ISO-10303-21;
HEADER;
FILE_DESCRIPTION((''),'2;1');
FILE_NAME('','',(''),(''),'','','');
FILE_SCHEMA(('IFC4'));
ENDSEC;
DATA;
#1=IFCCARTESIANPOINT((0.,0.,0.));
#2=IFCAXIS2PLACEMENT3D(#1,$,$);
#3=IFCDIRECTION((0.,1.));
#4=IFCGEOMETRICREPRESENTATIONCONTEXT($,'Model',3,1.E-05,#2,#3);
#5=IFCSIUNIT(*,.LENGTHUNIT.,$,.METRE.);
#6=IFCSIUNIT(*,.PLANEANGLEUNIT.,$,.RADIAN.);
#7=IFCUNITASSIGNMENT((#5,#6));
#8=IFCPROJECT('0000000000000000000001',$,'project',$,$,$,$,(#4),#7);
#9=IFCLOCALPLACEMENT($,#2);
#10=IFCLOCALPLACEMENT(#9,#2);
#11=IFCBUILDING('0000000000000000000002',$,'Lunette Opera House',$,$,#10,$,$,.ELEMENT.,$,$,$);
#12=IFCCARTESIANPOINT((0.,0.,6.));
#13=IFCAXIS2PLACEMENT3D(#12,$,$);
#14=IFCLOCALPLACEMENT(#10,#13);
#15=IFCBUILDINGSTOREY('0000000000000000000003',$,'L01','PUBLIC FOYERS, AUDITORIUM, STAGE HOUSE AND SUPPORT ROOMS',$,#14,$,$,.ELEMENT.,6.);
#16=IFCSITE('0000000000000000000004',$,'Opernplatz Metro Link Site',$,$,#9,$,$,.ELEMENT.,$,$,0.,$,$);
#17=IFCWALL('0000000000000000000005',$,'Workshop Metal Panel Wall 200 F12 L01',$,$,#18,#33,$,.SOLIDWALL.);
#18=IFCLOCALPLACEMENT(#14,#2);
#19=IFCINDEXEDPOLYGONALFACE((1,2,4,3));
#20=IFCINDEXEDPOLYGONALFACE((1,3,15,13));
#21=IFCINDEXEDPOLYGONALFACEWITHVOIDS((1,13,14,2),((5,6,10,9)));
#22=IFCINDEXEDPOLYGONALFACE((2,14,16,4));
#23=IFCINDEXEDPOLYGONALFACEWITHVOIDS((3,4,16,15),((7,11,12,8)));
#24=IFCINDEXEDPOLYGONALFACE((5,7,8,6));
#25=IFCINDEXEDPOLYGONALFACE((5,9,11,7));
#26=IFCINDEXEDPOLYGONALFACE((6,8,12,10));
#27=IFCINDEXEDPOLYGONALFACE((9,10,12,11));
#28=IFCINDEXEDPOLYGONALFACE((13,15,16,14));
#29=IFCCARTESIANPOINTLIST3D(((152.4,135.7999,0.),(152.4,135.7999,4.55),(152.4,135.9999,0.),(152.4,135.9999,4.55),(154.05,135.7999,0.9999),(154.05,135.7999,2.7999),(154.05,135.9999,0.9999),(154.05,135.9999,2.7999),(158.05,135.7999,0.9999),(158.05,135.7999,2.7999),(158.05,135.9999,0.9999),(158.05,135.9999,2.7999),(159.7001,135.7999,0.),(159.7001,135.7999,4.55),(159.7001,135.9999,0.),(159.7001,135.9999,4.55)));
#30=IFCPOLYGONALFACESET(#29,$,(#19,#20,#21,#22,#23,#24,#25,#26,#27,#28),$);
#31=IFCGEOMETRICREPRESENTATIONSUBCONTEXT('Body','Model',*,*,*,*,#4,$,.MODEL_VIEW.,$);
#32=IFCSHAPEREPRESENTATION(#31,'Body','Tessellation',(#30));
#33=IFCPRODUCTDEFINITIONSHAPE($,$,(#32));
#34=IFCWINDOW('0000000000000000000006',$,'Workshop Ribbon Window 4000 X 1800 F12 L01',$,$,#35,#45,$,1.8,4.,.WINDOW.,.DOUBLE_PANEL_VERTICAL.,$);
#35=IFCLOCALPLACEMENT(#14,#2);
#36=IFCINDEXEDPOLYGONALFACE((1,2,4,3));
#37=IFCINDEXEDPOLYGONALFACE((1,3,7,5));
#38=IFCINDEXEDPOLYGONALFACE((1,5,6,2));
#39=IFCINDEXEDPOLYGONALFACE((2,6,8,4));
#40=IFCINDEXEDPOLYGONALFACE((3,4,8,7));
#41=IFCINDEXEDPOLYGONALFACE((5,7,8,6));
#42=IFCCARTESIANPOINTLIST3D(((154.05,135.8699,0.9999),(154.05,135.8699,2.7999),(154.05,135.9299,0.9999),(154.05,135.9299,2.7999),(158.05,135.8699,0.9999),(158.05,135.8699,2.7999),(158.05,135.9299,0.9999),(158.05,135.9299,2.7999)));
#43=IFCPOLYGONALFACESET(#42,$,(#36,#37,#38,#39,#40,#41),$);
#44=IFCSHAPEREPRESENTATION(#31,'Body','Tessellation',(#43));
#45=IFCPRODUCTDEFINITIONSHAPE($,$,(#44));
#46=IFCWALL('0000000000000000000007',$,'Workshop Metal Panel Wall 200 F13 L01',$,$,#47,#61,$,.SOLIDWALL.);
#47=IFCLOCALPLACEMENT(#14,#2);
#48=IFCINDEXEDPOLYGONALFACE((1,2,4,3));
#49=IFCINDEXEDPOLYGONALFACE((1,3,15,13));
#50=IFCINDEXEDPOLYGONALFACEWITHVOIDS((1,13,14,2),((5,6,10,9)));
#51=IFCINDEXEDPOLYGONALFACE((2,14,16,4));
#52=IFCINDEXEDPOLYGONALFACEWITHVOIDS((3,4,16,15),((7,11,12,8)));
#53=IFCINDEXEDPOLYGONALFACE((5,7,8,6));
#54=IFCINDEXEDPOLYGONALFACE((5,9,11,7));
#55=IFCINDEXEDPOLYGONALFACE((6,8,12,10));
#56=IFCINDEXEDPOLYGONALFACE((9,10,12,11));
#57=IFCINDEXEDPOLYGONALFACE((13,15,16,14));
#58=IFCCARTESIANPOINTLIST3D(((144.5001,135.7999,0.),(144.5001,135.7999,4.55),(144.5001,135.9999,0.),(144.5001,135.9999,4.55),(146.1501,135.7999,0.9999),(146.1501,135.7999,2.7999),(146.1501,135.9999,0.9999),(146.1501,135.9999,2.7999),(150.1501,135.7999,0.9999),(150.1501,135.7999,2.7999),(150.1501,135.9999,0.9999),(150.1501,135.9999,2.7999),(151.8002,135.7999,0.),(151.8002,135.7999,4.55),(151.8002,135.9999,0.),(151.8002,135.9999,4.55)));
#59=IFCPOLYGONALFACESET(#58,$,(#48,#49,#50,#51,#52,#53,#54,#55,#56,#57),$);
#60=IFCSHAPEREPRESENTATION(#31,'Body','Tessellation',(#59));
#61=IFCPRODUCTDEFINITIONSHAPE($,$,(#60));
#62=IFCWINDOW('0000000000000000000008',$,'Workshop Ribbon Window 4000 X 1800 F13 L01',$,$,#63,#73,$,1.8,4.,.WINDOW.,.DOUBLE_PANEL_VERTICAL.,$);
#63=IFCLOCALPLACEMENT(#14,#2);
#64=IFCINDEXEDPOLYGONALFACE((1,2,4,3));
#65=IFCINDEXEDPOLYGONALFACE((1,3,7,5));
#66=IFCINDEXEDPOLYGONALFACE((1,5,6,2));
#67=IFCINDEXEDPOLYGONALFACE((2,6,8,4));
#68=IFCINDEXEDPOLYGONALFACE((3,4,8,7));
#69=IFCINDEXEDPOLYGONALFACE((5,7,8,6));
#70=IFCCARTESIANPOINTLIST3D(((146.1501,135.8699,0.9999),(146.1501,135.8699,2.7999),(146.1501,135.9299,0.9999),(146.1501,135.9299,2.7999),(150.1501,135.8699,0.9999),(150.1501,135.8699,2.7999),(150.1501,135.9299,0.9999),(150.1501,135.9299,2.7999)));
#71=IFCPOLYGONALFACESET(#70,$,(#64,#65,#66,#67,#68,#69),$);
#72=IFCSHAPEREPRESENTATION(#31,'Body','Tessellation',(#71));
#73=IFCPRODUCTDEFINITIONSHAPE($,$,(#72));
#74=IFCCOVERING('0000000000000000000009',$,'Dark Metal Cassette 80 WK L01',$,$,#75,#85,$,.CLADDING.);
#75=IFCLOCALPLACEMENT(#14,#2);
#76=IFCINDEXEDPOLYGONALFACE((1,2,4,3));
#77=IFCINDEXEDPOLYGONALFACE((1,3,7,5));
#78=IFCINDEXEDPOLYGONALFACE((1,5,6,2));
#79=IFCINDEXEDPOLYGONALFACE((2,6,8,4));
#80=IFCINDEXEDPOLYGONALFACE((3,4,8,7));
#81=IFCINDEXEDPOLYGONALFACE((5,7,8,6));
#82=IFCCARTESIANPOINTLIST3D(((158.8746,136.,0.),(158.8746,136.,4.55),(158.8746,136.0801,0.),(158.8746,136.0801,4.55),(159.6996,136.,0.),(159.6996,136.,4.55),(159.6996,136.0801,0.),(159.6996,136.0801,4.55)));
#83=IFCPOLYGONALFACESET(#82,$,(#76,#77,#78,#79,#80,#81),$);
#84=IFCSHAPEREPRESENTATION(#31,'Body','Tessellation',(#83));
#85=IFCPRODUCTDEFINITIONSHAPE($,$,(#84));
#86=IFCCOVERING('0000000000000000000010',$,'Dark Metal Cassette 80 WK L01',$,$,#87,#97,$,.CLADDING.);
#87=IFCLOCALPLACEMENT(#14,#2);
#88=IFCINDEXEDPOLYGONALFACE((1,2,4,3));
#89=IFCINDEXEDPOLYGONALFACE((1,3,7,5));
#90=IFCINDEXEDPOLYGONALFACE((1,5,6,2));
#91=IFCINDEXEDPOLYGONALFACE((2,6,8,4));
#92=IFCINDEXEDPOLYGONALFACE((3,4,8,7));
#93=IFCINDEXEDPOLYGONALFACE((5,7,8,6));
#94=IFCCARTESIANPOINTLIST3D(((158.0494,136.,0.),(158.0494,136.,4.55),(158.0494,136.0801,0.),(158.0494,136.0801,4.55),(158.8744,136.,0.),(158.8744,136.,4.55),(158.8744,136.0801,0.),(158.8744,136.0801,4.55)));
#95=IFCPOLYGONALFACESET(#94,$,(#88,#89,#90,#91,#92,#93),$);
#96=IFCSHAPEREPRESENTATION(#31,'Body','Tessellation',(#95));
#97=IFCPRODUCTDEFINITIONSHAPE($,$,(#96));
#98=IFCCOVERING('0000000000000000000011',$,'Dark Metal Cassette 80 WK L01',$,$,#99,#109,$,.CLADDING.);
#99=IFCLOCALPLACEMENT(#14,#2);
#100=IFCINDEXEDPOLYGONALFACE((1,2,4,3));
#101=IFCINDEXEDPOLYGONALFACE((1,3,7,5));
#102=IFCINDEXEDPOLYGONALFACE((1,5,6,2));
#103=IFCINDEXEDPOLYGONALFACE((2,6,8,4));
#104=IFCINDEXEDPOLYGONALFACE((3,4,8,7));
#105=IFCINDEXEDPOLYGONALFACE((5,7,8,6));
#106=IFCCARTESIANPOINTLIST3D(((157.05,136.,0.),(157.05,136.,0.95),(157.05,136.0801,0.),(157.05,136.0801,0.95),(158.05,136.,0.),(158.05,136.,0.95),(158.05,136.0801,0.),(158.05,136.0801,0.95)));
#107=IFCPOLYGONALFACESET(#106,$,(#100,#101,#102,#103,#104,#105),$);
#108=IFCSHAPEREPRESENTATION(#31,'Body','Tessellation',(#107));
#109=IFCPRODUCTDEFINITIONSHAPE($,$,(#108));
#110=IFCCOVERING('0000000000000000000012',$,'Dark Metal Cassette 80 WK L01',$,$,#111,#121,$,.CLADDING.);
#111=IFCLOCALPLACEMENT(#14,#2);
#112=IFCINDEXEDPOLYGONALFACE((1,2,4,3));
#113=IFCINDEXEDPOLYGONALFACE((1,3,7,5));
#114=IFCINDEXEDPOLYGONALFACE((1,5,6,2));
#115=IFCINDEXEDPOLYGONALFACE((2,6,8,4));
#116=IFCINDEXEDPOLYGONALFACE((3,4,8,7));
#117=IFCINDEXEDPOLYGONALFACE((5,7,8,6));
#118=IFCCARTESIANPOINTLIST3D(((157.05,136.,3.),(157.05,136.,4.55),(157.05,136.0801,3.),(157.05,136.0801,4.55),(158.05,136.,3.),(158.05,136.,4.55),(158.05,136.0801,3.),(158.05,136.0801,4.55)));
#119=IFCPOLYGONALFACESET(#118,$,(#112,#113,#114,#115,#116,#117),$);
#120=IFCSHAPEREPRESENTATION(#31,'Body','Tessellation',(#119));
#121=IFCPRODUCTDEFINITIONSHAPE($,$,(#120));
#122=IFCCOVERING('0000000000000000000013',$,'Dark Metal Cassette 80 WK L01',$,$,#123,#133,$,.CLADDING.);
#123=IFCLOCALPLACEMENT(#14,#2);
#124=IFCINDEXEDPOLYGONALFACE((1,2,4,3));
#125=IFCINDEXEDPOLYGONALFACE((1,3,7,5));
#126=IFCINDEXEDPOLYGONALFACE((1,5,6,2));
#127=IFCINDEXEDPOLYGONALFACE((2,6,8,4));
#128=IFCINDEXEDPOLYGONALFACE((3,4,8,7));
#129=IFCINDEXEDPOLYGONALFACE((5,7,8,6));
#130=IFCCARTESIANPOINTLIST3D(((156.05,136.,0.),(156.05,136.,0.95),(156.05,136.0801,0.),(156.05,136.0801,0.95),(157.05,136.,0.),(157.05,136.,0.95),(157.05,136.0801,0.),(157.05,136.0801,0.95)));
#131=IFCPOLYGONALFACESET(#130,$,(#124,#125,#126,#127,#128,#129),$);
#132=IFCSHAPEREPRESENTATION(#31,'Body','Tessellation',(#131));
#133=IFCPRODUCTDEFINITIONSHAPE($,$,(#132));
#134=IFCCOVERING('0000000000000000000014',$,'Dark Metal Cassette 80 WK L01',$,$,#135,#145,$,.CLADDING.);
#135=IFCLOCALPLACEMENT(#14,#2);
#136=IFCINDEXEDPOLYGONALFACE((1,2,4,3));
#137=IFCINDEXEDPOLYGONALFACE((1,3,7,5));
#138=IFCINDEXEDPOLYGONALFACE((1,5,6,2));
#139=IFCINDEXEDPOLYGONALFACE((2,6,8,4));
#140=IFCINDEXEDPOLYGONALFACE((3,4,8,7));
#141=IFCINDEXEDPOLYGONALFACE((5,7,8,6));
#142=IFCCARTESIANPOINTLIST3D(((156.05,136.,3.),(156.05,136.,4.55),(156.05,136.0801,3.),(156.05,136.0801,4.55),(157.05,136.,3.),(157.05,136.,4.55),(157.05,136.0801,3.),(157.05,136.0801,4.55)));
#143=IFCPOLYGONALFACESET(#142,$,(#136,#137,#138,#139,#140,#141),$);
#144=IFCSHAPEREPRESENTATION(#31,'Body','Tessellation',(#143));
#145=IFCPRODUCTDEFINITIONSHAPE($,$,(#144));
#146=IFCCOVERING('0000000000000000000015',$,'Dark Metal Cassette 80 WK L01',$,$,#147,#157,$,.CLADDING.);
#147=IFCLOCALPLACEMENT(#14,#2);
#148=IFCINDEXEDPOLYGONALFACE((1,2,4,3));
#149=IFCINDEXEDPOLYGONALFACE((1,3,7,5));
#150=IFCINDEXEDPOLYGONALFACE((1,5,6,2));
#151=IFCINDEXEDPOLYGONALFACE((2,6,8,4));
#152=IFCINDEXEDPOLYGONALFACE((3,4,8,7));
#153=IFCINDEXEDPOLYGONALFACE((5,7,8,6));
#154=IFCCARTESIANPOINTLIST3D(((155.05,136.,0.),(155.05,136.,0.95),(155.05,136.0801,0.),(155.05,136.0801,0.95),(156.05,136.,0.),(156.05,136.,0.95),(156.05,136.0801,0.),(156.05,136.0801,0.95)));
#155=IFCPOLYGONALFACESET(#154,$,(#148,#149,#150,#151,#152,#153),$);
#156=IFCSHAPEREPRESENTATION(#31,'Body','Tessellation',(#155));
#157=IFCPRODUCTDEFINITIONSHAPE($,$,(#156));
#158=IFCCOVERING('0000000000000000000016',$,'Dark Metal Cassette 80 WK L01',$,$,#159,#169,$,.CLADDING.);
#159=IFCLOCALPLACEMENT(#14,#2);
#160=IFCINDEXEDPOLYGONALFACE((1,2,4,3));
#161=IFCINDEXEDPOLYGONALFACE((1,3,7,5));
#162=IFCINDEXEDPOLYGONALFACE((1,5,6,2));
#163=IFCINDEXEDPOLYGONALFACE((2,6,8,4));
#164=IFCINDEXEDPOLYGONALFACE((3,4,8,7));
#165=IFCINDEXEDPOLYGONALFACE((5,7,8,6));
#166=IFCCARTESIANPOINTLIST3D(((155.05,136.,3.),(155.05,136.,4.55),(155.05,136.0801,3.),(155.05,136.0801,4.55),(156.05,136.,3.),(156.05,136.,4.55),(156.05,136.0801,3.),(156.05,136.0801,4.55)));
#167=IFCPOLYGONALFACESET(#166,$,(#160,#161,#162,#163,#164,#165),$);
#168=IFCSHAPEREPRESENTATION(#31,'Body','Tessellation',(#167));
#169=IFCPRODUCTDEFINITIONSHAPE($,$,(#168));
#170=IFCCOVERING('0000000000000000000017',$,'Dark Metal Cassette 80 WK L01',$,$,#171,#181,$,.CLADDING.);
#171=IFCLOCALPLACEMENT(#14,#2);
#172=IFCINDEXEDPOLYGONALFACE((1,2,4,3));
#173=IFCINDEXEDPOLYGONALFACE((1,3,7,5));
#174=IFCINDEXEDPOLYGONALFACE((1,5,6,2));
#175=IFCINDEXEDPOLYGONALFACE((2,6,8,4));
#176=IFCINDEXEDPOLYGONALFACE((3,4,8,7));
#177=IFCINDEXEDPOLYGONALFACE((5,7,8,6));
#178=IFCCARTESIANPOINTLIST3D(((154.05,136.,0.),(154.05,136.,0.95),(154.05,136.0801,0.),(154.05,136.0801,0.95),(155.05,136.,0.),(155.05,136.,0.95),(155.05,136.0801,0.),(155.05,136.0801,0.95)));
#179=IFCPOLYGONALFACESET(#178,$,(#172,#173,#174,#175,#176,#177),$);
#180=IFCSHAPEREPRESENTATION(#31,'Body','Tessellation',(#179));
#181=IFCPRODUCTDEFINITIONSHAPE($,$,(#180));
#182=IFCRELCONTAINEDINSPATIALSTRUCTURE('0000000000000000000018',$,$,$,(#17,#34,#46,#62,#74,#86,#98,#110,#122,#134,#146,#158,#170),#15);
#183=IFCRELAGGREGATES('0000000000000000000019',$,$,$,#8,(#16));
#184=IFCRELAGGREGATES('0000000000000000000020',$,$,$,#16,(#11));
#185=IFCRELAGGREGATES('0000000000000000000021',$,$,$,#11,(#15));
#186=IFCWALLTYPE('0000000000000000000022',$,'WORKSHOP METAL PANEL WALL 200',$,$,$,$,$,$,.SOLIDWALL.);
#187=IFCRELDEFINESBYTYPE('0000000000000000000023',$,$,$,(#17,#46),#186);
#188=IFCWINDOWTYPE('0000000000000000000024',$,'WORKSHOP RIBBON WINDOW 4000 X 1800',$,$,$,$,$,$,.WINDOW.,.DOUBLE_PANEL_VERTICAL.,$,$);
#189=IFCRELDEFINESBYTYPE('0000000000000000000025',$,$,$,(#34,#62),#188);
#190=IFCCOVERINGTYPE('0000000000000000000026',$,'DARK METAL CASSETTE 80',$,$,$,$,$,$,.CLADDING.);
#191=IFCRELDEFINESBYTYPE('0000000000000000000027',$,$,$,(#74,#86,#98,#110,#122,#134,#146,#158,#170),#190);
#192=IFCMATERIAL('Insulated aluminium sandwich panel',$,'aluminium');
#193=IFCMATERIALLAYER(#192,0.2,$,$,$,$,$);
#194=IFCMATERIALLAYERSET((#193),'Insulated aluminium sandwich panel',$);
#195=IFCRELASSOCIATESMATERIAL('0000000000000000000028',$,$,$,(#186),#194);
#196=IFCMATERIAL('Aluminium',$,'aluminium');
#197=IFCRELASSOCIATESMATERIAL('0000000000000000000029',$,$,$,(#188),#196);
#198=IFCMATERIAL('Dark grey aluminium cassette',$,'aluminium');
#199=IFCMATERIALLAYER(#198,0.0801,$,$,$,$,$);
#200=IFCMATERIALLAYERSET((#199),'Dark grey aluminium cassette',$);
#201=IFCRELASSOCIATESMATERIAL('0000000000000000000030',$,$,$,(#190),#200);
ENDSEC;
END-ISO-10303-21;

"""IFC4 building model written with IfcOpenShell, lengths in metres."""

from ifc_helpers import new_model, si_unit, direction, frame, frame_2d, origin, origin_2d, place, context, subcontext, project, spatial, rectangle, extrude, material, layer, layer_set, type_object, element, fill, save


model = new_model("IFC4")

# Units and contexts
model_context = context("Model", 3, precision=1e-05, world=origin(), true_north=direction((0.0, 1.0)))
body_context = subcontext(model_context, "Body", "Model", "MODEL_VIEW")
ifc_project = project(units=[si_unit("LENGTHUNIT", "METRE"), si_unit("PLANEANGLEUNIT", "RADIAN")], contexts=[model_context])

# Site, building, storey
site_placement = place(None, origin())
site = spatial("IfcSite", under=ifc_project, at=site_placement, Name="Opernplatz Metro Link Site", CompositionType="ELEMENT", RefElevation=0.0)
building_placement = place(site_placement, origin())
building = spatial("IfcBuilding", under=site, at=building_placement, Name="Lunette Opera House", CompositionType="ELEMENT")
storey_placement = place(building_placement, frame((0.0, 0.0, 6.0)))
storey = spatial("IfcBuildingStorey", under=building, at=storey_placement, Name="L01", Description="PUBLIC FOYERS, AUDITORIUM, STAGE HOUSE AND SUPPORT ROOMS", CompositionType="ELEMENT", Elevation=6.0)

# Walls, openings, windows
ifc_material_1 = material(Name="Insulated aluminium sandwich panel", Category="aluminium")
ifc_layer_1 = layer(ifc_material_1, 0.2)
ifc_layer_set_1 = layer_set([ifc_layer_1], Name="Insulated aluminium sandwich panel")
wall_type = type_object("IfcWallType", Name="WORKSHOP METAL PANEL WALL 200", PredefinedType="SOLIDWALL", material=ifc_layer_set_1)
wall_1_placement = place(storey_placement, frame((159.7, 135.8999, 0.0), z_axis=(0.0, 0.0, 1.0), x_axis=(-1.0, 0.0, 0.0)))
wall_1 = element("IfcWall", 1, at=wall_1_placement, inside=storey, type_object=wall_type, Name="Workshop Metal Panel Wall 200 F12 L01", PredefinedType="SOLIDWALL", context=body_context, shape_type="SweptSolid", body=[
    extrude(rectangle(XDim=7.3, YDim=0.2, at=frame_2d((3.6499, 0.0))), origin(), (0.0, 0.0, 1.0), 4.55),
])
opening_1_placement = place(wall_1_placement, frame((1.6499, 0.0, 1.0)))
opening_1 = element("IfcOpeningElement", 2, at=opening_1_placement, cuts=wall_1, PredefinedType="OPENING", context=body_context, shape_type="SweptSolid", body=[
    extrude(rectangle(XDim=4.0, YDim=1.8, at=frame_2d((2.0, 0.8999))), frame((0.0, 0.1121, 0.0), z_axis=(0.0, -1.0, 0.0), x_axis=(1.0, 0.0, 0.0)), (0.0, 0.0, 1.0), 0.2239),
])
ifc_material_2 = material(Name="Aluminium", Category="aluminium")
window_type = type_object("IfcWindowType", Name="WORKSHOP RIBBON WINDOW 4000 X 1800", PartitioningType="DOUBLE_PANEL_VERTICAL", PredefinedType="WINDOW", material=ifc_material_2)
window_1_placement = place(opening_1_placement, origin())
window_1 = element("IfcWindow", 3, at=window_1_placement, inside=storey, type_object=window_type, Name="Workshop Ribbon Window 4000 X 1800 F12 L01", OverallHeight=1.8, OverallWidth=4.0, PartitioningType="DOUBLE_PANEL_VERTICAL", PredefinedType="WINDOW", context=body_context, shape_type="SweptSolid", body=[
    extrude(rectangle(XDim=4.0, YDim=1.8, at=frame_2d((2.0, 0.8999))), frame((0.0, 0.03, 0.0), z_axis=(0.0, -1.0, 0.0), x_axis=(1.0, 0.0, 0.0)), (0.0, 0.0, 1.0), 0.0601),
])
fill(opening_1, window_1)
wall_2_placement = place(storey_placement, frame((151.8, 135.8999, 0.0), z_axis=(0.0, 0.0, 1.0), x_axis=(-1.0, 0.0, 0.0)))
wall_2 = element("IfcWall", 4, at=wall_2_placement, inside=storey, type_object=wall_type, Name="Workshop Metal Panel Wall 200 F13 L01", PredefinedType="SOLIDWALL", context=body_context, shape_type="SweptSolid", body=[
    extrude(rectangle(XDim=7.3, YDim=0.2, at=frame_2d((3.6499, 0.0))), origin(), (0.0, 0.0, 1.0), 4.55),
])
opening_2_placement = place(wall_2_placement, frame((1.6499, 0.0, 1.0)))
opening_2 = element("IfcOpeningElement", 5, at=opening_2_placement, cuts=wall_2, PredefinedType="OPENING", context=body_context, shape_type="SweptSolid", body=[
    extrude(rectangle(XDim=4.0, YDim=1.8, at=frame_2d((2.0, 0.8999))), frame((0.0, 0.1121, 0.0), z_axis=(0.0, -1.0, 0.0), x_axis=(1.0, 0.0, 0.0)), (0.0, 0.0, 1.0), 0.2239),
])
window_2_placement = place(opening_2_placement, origin())
window_2 = element("IfcWindow", 6, at=window_2_placement, inside=storey, type_object=window_type, Name="Workshop Ribbon Window 4000 X 1800 F13 L01", OverallHeight=1.8, OverallWidth=4.0, PartitioningType="DOUBLE_PANEL_VERTICAL", PredefinedType="WINDOW", context=body_context, shape_type="SweptSolid", body=[
    extrude(rectangle(XDim=4.0, YDim=1.8, at=frame_2d((2.0, 0.8999))), frame((0.0, 0.03, 0.0), z_axis=(0.0, -1.0, 0.0), x_axis=(1.0, 0.0, 0.0)), (0.0, 0.0, 1.0), 0.0601),
])
fill(opening_2, window_2)

# Coverings
ifc_material_3 = material(Name="Dark grey aluminium cassette", Category="aluminium")
ifc_layer_2 = layer(ifc_material_3, 0.0801)
ifc_layer_set_2 = layer_set([ifc_layer_2], Name="Dark grey aluminium cassette")
covering_type = type_object("IfcCoveringType", Name="DARK METAL CASSETTE 80", PredefinedType="CLADDING", material=ifc_layer_set_2)
for number, where, z_axis, x_axis, name in (
    (7, (159.2871, 136.04, 0.0), (0.0, 0.0, 1.0), (-1.0, 0.0, 0.0), "Dark Metal Cassette 80 WK L01"),
    (8, (158.4619, 136.04, 0.0), (0.0, 0.0, 1.0), (-1.0, 0.0, 0.0), "Dark Metal Cassette 80 WK L01"),
):
    element("IfcCovering", number, at=place(storey_placement, frame(where, z_axis=z_axis, x_axis=x_axis)), inside=storey, type_object=covering_type, Name=name, PredefinedType="CLADDING", context=body_context, shape_type="SweptSolid", body=[
        extrude(rectangle(XDim=0.825, YDim=0.0801, at=origin_2d()), origin(), (0.0, 0.0, 1.0), 4.55),
    ])
covering_1_placement = place(storey_placement, frame((157.55, 136.04, 0.0), z_axis=(0.0, 0.0, 1.0), x_axis=(-1.0, 0.0, 0.0)))
element("IfcCovering", 9, at=covering_1_placement, inside=storey, type_object=covering_type, Name="Dark Metal Cassette 80 WK L01", PredefinedType="CLADDING", context=body_context, shape_type="SweptSolid", body=[
    extrude(rectangle(XDim=1.0, YDim=0.0801, at=origin_2d()), origin(), (0.0, 0.0, 1.0), 0.95),
])
covering_2_placement = place(storey_placement, frame((157.55, 136.04, 3.0), z_axis=(0.0, 0.0, 1.0), x_axis=(-1.0, 0.0, 0.0)))
element("IfcCovering", 10, at=covering_2_placement, inside=storey, type_object=covering_type, Name="Dark Metal Cassette 80 WK L01", PredefinedType="CLADDING", context=body_context, shape_type="SweptSolid", body=[
    extrude(rectangle(XDim=1.0, YDim=0.0801, at=origin_2d()), origin(), (0.0, 0.0, 1.0), 1.55),
])
covering_3_placement = place(storey_placement, frame((156.55, 136.04, 0.0), z_axis=(0.0, 0.0, 1.0), x_axis=(-1.0, 0.0, 0.0)))
element("IfcCovering", 11, at=covering_3_placement, inside=storey, type_object=covering_type, Name="Dark Metal Cassette 80 WK L01", PredefinedType="CLADDING", context=body_context, shape_type="SweptSolid", body=[
    extrude(rectangle(XDim=1.0, YDim=0.0801, at=origin_2d()), origin(), (0.0, 0.0, 1.0), 0.95),
])
covering_4_placement = place(storey_placement, frame((156.55, 136.04, 3.0), z_axis=(0.0, 0.0, 1.0), x_axis=(-1.0, 0.0, 0.0)))
element("IfcCovering", 12, at=covering_4_placement, inside=storey, type_object=covering_type, Name="Dark Metal Cassette 80 WK L01", PredefinedType="CLADDING", context=body_context, shape_type="SweptSolid", body=[
    extrude(rectangle(XDim=1.0, YDim=0.0801, at=origin_2d()), origin(), (0.0, 0.0, 1.0), 1.55),
])
covering_5_placement = place(storey_placement, frame((155.55, 136.04, 0.0), z_axis=(0.0, 0.0, 1.0), x_axis=(-1.0, 0.0, 0.0)))
element("IfcCovering", 13, at=covering_5_placement, inside=storey, type_object=covering_type, Name="Dark Metal Cassette 80 WK L01", PredefinedType="CLADDING", context=body_context, shape_type="SweptSolid", body=[
    extrude(rectangle(XDim=1.0, YDim=0.0801, at=origin_2d()), origin(), (0.0, 0.0, 1.0), 0.95),
])
covering_6_placement = place(storey_placement, frame((155.55, 136.04, 3.0), z_axis=(0.0, 0.0, 1.0), x_axis=(-1.0, 0.0, 0.0)))
element("IfcCovering", 14, at=covering_6_placement, inside=storey, type_object=covering_type, Name="Dark Metal Cassette 80 WK L01", PredefinedType="CLADDING", context=body_context, shape_type="SweptSolid", body=[
    extrude(rectangle(XDim=1.0, YDim=0.0801, at=origin_2d()), origin(), (0.0, 0.0, 1.0), 1.55),
])
covering_7_placement = place(storey_placement, frame((154.55, 136.04, 0.0), z_axis=(0.0, 0.0, 1.0), x_axis=(-1.0, 0.0, 0.0)))
element("IfcCovering", 15, at=covering_7_placement, inside=storey, type_object=covering_type, Name="Dark Metal Cassette 80 WK L01", PredefinedType="CLADDING", context=body_context, shape_type="SweptSolid", body=[
    extrude(rectangle(XDim=1.0, YDim=0.0801, at=origin_2d()), origin(), (0.0, 0.0, 1.0), 0.95),
])

save(model, "model.ifc")
